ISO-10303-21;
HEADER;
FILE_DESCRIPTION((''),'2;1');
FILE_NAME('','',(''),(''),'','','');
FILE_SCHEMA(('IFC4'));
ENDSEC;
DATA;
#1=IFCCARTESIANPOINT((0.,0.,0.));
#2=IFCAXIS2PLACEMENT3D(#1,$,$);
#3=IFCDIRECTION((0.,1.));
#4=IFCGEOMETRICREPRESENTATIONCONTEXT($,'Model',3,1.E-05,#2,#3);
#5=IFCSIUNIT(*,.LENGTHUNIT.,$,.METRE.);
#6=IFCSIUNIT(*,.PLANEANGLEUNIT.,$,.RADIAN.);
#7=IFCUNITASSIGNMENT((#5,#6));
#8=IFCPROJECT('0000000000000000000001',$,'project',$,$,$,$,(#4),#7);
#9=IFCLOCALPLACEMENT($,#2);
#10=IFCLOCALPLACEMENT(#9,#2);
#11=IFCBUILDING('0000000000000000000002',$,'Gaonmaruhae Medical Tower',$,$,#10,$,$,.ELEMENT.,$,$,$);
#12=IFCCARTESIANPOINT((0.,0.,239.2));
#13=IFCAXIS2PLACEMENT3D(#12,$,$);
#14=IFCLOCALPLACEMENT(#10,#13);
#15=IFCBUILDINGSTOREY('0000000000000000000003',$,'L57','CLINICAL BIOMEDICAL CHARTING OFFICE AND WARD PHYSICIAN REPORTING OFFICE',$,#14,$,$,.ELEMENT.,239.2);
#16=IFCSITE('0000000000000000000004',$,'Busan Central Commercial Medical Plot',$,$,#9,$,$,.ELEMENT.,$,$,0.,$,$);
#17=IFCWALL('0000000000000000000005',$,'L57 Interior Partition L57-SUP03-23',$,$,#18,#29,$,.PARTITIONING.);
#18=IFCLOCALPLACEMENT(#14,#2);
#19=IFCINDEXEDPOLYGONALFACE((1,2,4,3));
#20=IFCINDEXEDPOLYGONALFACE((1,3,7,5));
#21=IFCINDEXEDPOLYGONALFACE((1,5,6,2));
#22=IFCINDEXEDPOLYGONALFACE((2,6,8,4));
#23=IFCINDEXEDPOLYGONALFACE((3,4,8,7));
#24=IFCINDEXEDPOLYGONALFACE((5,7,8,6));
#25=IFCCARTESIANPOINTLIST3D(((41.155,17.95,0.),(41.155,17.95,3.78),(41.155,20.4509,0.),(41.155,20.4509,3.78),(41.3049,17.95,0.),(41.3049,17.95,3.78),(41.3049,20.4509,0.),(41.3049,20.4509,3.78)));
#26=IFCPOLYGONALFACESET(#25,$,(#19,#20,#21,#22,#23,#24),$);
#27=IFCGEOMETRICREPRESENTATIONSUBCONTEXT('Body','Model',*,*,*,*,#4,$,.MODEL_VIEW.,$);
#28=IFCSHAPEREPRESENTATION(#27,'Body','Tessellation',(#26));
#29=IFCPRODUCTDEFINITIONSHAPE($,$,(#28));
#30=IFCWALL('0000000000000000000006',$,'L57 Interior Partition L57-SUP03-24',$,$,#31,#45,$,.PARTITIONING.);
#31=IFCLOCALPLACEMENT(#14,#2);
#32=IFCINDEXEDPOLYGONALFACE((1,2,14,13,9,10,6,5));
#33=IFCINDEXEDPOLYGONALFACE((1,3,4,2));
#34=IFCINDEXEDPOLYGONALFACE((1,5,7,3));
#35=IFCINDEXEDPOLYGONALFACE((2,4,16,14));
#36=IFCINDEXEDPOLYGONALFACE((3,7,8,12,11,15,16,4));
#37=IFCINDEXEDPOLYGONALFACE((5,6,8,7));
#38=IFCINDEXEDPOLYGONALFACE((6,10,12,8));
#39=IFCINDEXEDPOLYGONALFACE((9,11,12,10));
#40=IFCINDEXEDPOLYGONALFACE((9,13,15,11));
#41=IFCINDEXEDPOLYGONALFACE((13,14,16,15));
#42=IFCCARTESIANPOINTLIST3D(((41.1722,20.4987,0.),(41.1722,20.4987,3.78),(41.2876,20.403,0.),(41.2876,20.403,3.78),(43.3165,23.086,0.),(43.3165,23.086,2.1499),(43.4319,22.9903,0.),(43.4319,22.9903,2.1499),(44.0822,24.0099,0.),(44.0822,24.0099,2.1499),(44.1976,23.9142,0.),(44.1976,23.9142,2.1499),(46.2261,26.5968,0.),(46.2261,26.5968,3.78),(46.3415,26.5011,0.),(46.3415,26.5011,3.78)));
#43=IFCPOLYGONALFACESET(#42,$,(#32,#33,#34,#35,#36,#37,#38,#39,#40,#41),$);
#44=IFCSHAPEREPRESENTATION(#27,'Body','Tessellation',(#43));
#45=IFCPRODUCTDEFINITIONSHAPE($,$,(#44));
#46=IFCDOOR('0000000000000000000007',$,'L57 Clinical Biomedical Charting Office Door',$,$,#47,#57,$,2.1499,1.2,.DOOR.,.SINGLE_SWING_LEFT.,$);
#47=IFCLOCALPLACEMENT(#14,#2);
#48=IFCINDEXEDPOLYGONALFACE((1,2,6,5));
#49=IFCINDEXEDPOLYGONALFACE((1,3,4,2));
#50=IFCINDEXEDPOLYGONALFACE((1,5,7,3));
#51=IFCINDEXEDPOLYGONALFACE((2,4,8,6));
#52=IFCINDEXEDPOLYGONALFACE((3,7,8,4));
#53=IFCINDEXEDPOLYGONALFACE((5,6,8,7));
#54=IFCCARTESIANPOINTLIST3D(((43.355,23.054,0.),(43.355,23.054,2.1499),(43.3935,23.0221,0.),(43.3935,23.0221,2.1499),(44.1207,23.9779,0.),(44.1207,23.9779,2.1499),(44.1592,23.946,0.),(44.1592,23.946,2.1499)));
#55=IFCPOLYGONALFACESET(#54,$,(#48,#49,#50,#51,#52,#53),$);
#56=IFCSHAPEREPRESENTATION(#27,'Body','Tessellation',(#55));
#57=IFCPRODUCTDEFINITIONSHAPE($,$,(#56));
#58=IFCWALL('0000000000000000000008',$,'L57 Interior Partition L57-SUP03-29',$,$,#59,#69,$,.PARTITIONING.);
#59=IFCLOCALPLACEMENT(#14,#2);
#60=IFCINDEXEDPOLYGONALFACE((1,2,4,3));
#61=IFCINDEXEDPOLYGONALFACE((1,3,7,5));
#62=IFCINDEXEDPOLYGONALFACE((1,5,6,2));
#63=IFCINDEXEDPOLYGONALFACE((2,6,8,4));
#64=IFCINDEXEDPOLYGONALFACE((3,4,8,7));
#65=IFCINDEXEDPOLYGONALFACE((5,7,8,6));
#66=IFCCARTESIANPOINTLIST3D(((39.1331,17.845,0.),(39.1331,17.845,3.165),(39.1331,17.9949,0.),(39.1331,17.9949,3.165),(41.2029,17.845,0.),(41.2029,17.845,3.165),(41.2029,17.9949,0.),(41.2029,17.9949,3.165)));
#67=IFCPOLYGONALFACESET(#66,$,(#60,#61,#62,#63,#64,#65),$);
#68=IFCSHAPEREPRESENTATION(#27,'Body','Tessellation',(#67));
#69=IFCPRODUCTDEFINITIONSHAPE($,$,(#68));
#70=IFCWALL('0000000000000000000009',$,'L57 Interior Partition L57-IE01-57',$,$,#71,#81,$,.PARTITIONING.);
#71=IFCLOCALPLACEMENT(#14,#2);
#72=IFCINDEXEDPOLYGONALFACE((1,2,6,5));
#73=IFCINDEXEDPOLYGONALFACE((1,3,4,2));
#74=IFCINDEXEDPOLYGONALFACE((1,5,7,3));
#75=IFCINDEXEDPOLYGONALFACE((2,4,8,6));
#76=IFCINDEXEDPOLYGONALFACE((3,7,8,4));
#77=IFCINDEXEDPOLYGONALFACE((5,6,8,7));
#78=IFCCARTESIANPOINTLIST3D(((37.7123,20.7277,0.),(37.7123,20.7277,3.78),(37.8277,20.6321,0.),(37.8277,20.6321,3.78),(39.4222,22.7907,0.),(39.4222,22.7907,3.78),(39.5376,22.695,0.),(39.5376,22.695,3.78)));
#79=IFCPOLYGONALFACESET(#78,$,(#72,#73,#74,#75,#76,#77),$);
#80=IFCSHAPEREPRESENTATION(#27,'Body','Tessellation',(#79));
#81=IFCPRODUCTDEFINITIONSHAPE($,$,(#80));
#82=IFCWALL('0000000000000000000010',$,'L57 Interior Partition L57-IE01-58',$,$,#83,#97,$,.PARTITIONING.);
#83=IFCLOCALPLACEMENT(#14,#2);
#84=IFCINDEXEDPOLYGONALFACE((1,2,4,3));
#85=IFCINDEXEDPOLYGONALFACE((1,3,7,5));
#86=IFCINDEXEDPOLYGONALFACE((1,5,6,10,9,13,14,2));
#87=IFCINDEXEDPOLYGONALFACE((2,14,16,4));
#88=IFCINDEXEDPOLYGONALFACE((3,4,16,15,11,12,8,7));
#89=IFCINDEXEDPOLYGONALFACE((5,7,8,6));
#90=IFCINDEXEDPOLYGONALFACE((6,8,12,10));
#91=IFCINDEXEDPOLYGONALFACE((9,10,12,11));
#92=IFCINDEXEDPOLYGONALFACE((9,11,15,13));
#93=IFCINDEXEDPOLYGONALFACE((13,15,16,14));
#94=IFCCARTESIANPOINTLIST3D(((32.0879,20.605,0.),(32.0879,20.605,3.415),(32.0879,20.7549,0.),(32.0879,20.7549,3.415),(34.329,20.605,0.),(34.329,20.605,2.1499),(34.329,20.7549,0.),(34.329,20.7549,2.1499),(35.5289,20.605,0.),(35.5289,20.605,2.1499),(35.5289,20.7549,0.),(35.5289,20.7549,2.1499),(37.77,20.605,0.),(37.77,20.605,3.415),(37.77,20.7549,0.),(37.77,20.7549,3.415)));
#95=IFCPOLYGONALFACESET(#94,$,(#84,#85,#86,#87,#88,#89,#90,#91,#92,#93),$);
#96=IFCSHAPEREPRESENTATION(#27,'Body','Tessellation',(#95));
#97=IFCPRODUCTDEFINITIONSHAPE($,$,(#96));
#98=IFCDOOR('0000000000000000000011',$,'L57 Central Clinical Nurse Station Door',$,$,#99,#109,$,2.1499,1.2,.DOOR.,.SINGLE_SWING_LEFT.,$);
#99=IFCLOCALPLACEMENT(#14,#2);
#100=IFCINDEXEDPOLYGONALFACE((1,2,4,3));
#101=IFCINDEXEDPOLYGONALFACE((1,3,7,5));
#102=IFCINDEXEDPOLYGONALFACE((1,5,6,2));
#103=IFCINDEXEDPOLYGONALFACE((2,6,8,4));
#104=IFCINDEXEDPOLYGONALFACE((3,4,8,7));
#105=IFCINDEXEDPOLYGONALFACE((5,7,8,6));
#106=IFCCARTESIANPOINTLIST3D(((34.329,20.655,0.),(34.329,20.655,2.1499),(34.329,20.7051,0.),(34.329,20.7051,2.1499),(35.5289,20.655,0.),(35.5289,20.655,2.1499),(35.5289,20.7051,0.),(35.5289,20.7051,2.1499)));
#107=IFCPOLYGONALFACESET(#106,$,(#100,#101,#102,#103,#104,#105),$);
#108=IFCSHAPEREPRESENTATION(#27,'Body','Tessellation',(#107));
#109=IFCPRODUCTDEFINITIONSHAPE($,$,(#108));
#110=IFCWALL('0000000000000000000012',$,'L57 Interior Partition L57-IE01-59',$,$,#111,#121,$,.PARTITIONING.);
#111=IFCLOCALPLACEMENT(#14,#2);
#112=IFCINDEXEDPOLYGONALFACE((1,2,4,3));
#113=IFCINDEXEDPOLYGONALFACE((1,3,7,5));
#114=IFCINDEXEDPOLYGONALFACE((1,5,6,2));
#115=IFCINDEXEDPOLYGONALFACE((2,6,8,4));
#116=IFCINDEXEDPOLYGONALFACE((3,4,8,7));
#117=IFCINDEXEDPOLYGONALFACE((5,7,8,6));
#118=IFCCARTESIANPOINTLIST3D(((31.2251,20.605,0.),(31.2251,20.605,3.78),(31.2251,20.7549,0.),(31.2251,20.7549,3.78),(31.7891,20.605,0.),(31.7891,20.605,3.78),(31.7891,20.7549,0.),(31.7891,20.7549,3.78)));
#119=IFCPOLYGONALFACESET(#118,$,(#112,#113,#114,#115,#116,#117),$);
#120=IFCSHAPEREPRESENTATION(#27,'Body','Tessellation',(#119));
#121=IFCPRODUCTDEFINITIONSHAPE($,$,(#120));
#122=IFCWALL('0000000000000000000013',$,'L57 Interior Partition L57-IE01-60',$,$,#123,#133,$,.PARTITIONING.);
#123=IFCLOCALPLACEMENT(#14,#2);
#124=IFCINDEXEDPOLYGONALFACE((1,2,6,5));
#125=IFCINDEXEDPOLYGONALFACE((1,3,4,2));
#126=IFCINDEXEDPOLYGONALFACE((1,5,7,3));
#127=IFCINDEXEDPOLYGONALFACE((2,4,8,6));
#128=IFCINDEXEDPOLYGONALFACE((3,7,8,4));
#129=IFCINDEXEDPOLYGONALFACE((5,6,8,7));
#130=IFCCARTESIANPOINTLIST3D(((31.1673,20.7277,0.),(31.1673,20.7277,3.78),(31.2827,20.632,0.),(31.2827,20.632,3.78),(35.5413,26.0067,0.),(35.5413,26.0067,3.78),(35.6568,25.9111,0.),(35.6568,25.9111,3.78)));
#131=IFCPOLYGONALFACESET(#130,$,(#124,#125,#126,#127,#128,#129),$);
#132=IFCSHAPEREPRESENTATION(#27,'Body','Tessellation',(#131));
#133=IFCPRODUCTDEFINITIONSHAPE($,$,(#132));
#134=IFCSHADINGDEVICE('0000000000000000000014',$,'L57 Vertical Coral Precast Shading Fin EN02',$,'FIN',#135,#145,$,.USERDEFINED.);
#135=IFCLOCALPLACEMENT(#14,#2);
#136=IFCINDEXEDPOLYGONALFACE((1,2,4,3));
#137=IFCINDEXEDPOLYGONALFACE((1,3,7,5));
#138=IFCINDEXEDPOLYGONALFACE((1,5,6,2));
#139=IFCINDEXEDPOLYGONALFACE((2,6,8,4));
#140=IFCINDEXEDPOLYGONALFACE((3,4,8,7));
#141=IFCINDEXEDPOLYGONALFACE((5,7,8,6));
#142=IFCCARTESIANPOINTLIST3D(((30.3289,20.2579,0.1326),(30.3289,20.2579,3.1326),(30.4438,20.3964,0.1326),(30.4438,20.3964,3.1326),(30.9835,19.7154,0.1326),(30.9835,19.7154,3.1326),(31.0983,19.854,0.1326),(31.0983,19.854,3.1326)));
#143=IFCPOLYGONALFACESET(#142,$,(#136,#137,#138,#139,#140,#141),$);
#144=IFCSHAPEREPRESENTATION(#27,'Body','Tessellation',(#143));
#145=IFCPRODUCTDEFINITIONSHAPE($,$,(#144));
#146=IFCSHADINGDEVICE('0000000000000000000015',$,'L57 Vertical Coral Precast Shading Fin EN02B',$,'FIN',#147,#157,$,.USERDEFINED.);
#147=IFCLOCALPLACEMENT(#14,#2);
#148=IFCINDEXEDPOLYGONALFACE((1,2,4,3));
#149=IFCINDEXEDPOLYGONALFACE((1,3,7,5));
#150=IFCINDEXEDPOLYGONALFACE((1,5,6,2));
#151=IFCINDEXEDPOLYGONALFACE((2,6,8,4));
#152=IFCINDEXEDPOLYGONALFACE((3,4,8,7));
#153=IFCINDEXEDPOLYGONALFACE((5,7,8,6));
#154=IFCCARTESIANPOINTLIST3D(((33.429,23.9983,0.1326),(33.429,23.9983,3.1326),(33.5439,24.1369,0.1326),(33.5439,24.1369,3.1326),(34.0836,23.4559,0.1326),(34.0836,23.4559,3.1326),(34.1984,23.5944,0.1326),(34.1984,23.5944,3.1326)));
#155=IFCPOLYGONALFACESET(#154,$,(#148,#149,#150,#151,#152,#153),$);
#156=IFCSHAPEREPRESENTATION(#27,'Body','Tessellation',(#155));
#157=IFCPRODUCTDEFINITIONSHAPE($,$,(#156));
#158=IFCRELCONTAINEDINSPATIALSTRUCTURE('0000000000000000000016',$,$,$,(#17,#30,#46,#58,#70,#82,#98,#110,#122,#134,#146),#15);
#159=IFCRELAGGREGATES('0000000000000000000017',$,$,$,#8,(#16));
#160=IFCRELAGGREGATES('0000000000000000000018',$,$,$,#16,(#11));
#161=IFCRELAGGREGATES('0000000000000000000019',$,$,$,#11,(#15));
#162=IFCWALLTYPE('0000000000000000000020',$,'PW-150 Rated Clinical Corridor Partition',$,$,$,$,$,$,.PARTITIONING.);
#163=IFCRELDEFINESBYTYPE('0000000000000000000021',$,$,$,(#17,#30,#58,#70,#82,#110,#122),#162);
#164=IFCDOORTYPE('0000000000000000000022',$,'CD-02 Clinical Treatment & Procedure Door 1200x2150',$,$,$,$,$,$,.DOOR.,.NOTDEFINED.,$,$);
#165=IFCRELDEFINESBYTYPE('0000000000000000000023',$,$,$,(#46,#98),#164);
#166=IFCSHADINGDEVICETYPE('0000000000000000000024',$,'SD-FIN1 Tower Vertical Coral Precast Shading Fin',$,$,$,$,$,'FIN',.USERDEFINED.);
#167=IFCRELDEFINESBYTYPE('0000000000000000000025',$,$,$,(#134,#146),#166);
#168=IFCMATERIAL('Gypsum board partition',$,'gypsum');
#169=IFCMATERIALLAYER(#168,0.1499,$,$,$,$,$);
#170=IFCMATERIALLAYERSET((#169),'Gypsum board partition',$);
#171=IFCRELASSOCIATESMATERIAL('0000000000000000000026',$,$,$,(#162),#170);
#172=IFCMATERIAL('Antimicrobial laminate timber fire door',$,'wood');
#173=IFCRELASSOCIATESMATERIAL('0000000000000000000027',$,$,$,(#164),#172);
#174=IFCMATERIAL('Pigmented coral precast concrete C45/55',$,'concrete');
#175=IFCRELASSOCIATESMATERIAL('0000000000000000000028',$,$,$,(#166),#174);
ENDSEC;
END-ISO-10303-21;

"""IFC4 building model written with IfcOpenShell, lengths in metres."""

from ifc_helpers import new_model, si_unit, direction, frame, frame_2d, origin, origin_2d, place, context, subcontext, project, spatial, rectangle, extrude, material, layer, layer_set, type_object, element, fill, save


model = new_model("IFC4")

# Units and contexts
model_context = context("Model", 3, precision=1e-05, world=origin(), true_north=direction((0.0, 1.0)))
body_context = subcontext(model_context, "Body", "Model", "MODEL_VIEW")
ifc_project = project(units=[si_unit("LENGTHUNIT", "METRE"), si_unit("PLANEANGLEUNIT", "RADIAN")], contexts=[model_context])

# Site, building, storey
site_placement = place(None, origin())
site = spatial("IfcSite", under=ifc_project, at=site_placement, Name="Busan Central Commercial Medical Plot", CompositionType="ELEMENT", RefElevation=0.0)
building_placement = place(site_placement, origin())
building = spatial("IfcBuilding", under=site, at=building_placement, Name="Gaonmaruhae Medical Tower", CompositionType="ELEMENT")
storey_placement = place(building_placement, frame((0.0, 0.0, 239.2)))
storey = spatial("IfcBuildingStorey", under=building, at=storey_placement, Name="L57", Description="CLINICAL BIOMEDICAL CHARTING OFFICE AND WARD PHYSICIAN REPORTING OFFICE", CompositionType="ELEMENT", Elevation=239.2)

# Wall
ifc_material_1 = material(Name="Gypsum board partition", Category="gypsum")
ifc_layer_1 = layer(ifc_material_1, 0.1499)
ifc_layer_set_1 = layer_set([ifc_layer_1], Name="Gypsum board partition")
wall_type_1 = type_object("IfcWallType", Name="PW-150 Rated Clinical Corridor Partition", PredefinedType="PARTITIONING", material=ifc_layer_set_1)
wall_1_placement = place(storey_placement, frame((41.23, 17.95, 0.0), z_axis=(0.0, 0.0, 1.0), x_axis=(0.0, 1.0, 0.0)))
element("IfcWall", 1, at=wall_1_placement, inside=storey, type_object=wall_type_1, Name="L57 Interior Partition L57-SUP03-23", PredefinedType="PARTITIONING", context=body_context, shape_type="SweptSolid", body=[
    extrude(rectangle(XDim=2.501, YDim=0.1499, at=frame_2d((1.2505, 0.0))), origin(), (0.0, 0.0, 1.0), 3.78),
])

# Wall, opening, door
wall_2_placement = place(storey_placement, frame((41.23, 20.4509, 0.0), z_axis=(0.0, 0.0, 1.0), x_axis=(0.638108, 0.769947, 0.0)))
wall_2 = element("IfcWall", 2, at=wall_2_placement, inside=storey, type_object=wall_type_1, Name="L57 Interior Partition L57-SUP03-24", PredefinedType="PARTITIONING", context=body_context, shape_type="SweptSolid", body=[
    extrude(rectangle(XDim=7.9202, YDim=0.1499, at=frame_2d((3.96, 0.0))), origin(), (0.0, 0.0, 1.0), 3.78),
])
opening_1_placement = place(wall_2_placement, frame((3.3601, 0.0, 0.0)))
opening_1 = element("IfcOpeningElement", 3, at=opening_1_placement, cuts=wall_2, PredefinedType="OPENING", context=body_context, shape_type="SweptSolid", body=[
    extrude(rectangle(XDim=1.2, YDim=2.1499, at=frame_2d((0.6001, 1.075))), frame((0.0, 0.085, 0.0), z_axis=(0.0, -1.0, 0.0), x_axis=(1.0, 0.0, 0.0)), (0.0, 0.0, 1.0), 0.1699),
])
ifc_material_2 = material(Name="Antimicrobial laminate timber fire door", Category="wood")
door_type = type_object("IfcDoorType", Name="CD-02 Clinical Treatment & Procedure Door 1200x2150", OperationType="NOTDEFINED", PredefinedType="DOOR", material=ifc_material_2)
door_1_placement = place(opening_1_placement, origin())
door_1 = element("IfcDoor", 4, at=door_1_placement, inside=storey, type_object=door_type, Name="L57 Clinical Biomedical Charting Office Door", OperationType="SINGLE_SWING_LEFT", OverallHeight=2.1499, OverallWidth=1.2, PredefinedType="DOOR", context=body_context, shape_type="SweptSolid", body=[
    extrude(rectangle(XDim=1.2, YDim=2.1499, at=frame_2d((0.6001, 1.075))), frame((0.0, 0.0249, 0.0), z_axis=(0.0, -1.0, 0.0), x_axis=(1.0, 0.0, 0.0)), (0.0, 0.0, 1.0), 0.05),
])
fill(opening_1, door_1)

# Walls
wall_3_placement = place(storey_placement, frame((39.1331, 17.9199, 0.0), z_axis=(0.0, 0.0, 1.0), x_axis=(1.0, 0.0, 0.0)))
element("IfcWall", 5, at=wall_3_placement, inside=storey, type_object=wall_type_1, Name="L57 Interior Partition L57-SUP03-29", PredefinedType="PARTITIONING", context=body_context, shape_type="SweptSolid", body=[
    extrude(rectangle(XDim=2.0698, YDim=0.1499, at=frame_2d((1.0349, 0.0))), origin(), (0.0, 0.0, 1.0), 3.165),
])
wall_4_placement = place(storey_placement, frame((39.48, 22.7429, 0.0), z_axis=(0.0, 0.0, 1.0), x_axis=(-0.638157, -0.769906, 0.0)))
element("IfcWall", 6, at=wall_4_placement, inside=storey, type_object=wall_type_1, Name="L57 Interior Partition L57-IE01-57", PredefinedType="PARTITIONING", context=body_context, shape_type="SweptSolid", body=[
    extrude(rectangle(XDim=2.6794, YDim=0.1499, at=frame_2d((1.3398, 0.0))), origin(), (0.0, 0.0, 1.0), 3.78),
])

# Wall, opening, door
wall_5_placement = place(storey_placement, frame((37.77, 20.6799, 0.0), z_axis=(0.0, 0.0, 1.0), x_axis=(-1.0, 0.0, 0.0)))
wall_5 = element("IfcWall", 7, at=wall_5_placement, inside=storey, type_object=wall_type_1, Name="L57 Interior Partition L57-IE01-58", PredefinedType="PARTITIONING", context=body_context, shape_type="SweptSolid", body=[
    extrude(rectangle(XDim=5.6821, YDim=0.1499, at=frame_2d((2.8411, 0.0))), origin(), (0.0, 0.0, 1.0), 3.415),
])
opening_2_placement = place(wall_5_placement, frame((2.241, 0.0, 0.0)))
opening_2 = element("IfcOpeningElement", 8, at=opening_2_placement, cuts=wall_5, PredefinedType="OPENING", context=body_context, shape_type="SweptSolid", body=[
    extrude(rectangle(XDim=1.2, YDim=2.1499, at=frame_2d((0.6001, 1.075))), frame((0.0, 0.085, 0.0), z_axis=(0.0, -1.0, 0.0), x_axis=(1.0, 0.0, 0.0)), (0.0, 0.0, 1.0), 0.1699),
])
door_2_placement = place(opening_2_placement, origin())
door_2 = element("IfcDoor", 9, at=door_2_placement, inside=storey, type_object=door_type, Name="L57 Central Clinical Nurse Station Door", OperationType="SINGLE_SWING_LEFT", OverallHeight=2.1499, OverallWidth=1.2, PredefinedType="DOOR", context=body_context, shape_type="SweptSolid", body=[
    extrude(rectangle(XDim=1.2, YDim=2.1499, at=frame_2d((0.6001, 1.075))), frame((0.0, 0.0249, 0.0), z_axis=(0.0, -1.0, 0.0), x_axis=(1.0, 0.0, 0.0)), (0.0, 0.0, 1.0), 0.05),
])
fill(opening_2, door_2)

# Walls
wall_6_placement = place(storey_placement, frame((31.7891, 20.6799, 0.0), z_axis=(0.0, 0.0, 1.0), x_axis=(-1.0, 0.0, 0.0)))
element("IfcWall", 10, at=wall_6_placement, inside=storey, type_object=wall_type_1, Name="L57 Interior Partition L57-IE01-59", PredefinedType="PARTITIONING", context=body_context, shape_type="SweptSolid", body=[
    extrude(rectangle(XDim=0.564, YDim=0.1499, at=frame_2d((0.282, 0.0))), origin(), (0.0, 0.0, 1.0), 3.78),
])
wall_7_placement = place(storey_placement, frame((31.2251, 20.6799, 0.0), z_axis=(0.0, 0.0, 1.0), x_axis=(0.638014, 0.770025, 0.0)))
element("IfcWall", 11, at=wall_7_placement, inside=storey, type_object=wall_type_1, Name="L57 Interior Partition L57-IE01-60", PredefinedType="PARTITIONING", context=body_context, shape_type="SweptSolid", body=[
    extrude(rectangle(XDim=6.8557, YDim=0.1499, at=frame_2d((3.4277, 0.0))), origin(), (0.0, 0.0, 1.0), 3.78),
])

# Shading devices
ifc_material_3 = material(Name="Pigmented coral precast concrete C45/55", Category="concrete")
shading_device_type = type_object("IfcShadingDeviceType", Name="SD-FIN1 Tower Vertical Coral Precast Shading Fin", ElementType="FIN", PredefinedType="USERDEFINED", material=ifc_material_3)
for number, where, z_axis, x_axis, name in (
    (12, (30.7136, 20.0559, 0.1326), (0.0, 0.0, 1.0), (0.638096, 0.769957, 0.0), "L57 Vertical Coral Precast Shading Fin EN02"),
    (13, (33.8137, 23.7964, 0.1326), (0.0, 0.0, 1.0), (0.638096, 0.769957, 0.0), "L57 Vertical Coral Precast Shading Fin EN02B"),
):
    element("IfcShadingDevice", number, at=place(storey_placement, frame(where, z_axis=z_axis, x_axis=x_axis)), inside=storey, type_object=shading_device_type, Name=name, ObjectType="FIN", PredefinedType="USERDEFINED", context=body_context, shape_type="SweptSolid", body=[
        extrude(rectangle(XDim=0.1799, YDim=0.8501, at=origin_2d()), origin(), (0.0, 0.0, 1.0), 3.0),
    ])

save(model, "model.ifc")
